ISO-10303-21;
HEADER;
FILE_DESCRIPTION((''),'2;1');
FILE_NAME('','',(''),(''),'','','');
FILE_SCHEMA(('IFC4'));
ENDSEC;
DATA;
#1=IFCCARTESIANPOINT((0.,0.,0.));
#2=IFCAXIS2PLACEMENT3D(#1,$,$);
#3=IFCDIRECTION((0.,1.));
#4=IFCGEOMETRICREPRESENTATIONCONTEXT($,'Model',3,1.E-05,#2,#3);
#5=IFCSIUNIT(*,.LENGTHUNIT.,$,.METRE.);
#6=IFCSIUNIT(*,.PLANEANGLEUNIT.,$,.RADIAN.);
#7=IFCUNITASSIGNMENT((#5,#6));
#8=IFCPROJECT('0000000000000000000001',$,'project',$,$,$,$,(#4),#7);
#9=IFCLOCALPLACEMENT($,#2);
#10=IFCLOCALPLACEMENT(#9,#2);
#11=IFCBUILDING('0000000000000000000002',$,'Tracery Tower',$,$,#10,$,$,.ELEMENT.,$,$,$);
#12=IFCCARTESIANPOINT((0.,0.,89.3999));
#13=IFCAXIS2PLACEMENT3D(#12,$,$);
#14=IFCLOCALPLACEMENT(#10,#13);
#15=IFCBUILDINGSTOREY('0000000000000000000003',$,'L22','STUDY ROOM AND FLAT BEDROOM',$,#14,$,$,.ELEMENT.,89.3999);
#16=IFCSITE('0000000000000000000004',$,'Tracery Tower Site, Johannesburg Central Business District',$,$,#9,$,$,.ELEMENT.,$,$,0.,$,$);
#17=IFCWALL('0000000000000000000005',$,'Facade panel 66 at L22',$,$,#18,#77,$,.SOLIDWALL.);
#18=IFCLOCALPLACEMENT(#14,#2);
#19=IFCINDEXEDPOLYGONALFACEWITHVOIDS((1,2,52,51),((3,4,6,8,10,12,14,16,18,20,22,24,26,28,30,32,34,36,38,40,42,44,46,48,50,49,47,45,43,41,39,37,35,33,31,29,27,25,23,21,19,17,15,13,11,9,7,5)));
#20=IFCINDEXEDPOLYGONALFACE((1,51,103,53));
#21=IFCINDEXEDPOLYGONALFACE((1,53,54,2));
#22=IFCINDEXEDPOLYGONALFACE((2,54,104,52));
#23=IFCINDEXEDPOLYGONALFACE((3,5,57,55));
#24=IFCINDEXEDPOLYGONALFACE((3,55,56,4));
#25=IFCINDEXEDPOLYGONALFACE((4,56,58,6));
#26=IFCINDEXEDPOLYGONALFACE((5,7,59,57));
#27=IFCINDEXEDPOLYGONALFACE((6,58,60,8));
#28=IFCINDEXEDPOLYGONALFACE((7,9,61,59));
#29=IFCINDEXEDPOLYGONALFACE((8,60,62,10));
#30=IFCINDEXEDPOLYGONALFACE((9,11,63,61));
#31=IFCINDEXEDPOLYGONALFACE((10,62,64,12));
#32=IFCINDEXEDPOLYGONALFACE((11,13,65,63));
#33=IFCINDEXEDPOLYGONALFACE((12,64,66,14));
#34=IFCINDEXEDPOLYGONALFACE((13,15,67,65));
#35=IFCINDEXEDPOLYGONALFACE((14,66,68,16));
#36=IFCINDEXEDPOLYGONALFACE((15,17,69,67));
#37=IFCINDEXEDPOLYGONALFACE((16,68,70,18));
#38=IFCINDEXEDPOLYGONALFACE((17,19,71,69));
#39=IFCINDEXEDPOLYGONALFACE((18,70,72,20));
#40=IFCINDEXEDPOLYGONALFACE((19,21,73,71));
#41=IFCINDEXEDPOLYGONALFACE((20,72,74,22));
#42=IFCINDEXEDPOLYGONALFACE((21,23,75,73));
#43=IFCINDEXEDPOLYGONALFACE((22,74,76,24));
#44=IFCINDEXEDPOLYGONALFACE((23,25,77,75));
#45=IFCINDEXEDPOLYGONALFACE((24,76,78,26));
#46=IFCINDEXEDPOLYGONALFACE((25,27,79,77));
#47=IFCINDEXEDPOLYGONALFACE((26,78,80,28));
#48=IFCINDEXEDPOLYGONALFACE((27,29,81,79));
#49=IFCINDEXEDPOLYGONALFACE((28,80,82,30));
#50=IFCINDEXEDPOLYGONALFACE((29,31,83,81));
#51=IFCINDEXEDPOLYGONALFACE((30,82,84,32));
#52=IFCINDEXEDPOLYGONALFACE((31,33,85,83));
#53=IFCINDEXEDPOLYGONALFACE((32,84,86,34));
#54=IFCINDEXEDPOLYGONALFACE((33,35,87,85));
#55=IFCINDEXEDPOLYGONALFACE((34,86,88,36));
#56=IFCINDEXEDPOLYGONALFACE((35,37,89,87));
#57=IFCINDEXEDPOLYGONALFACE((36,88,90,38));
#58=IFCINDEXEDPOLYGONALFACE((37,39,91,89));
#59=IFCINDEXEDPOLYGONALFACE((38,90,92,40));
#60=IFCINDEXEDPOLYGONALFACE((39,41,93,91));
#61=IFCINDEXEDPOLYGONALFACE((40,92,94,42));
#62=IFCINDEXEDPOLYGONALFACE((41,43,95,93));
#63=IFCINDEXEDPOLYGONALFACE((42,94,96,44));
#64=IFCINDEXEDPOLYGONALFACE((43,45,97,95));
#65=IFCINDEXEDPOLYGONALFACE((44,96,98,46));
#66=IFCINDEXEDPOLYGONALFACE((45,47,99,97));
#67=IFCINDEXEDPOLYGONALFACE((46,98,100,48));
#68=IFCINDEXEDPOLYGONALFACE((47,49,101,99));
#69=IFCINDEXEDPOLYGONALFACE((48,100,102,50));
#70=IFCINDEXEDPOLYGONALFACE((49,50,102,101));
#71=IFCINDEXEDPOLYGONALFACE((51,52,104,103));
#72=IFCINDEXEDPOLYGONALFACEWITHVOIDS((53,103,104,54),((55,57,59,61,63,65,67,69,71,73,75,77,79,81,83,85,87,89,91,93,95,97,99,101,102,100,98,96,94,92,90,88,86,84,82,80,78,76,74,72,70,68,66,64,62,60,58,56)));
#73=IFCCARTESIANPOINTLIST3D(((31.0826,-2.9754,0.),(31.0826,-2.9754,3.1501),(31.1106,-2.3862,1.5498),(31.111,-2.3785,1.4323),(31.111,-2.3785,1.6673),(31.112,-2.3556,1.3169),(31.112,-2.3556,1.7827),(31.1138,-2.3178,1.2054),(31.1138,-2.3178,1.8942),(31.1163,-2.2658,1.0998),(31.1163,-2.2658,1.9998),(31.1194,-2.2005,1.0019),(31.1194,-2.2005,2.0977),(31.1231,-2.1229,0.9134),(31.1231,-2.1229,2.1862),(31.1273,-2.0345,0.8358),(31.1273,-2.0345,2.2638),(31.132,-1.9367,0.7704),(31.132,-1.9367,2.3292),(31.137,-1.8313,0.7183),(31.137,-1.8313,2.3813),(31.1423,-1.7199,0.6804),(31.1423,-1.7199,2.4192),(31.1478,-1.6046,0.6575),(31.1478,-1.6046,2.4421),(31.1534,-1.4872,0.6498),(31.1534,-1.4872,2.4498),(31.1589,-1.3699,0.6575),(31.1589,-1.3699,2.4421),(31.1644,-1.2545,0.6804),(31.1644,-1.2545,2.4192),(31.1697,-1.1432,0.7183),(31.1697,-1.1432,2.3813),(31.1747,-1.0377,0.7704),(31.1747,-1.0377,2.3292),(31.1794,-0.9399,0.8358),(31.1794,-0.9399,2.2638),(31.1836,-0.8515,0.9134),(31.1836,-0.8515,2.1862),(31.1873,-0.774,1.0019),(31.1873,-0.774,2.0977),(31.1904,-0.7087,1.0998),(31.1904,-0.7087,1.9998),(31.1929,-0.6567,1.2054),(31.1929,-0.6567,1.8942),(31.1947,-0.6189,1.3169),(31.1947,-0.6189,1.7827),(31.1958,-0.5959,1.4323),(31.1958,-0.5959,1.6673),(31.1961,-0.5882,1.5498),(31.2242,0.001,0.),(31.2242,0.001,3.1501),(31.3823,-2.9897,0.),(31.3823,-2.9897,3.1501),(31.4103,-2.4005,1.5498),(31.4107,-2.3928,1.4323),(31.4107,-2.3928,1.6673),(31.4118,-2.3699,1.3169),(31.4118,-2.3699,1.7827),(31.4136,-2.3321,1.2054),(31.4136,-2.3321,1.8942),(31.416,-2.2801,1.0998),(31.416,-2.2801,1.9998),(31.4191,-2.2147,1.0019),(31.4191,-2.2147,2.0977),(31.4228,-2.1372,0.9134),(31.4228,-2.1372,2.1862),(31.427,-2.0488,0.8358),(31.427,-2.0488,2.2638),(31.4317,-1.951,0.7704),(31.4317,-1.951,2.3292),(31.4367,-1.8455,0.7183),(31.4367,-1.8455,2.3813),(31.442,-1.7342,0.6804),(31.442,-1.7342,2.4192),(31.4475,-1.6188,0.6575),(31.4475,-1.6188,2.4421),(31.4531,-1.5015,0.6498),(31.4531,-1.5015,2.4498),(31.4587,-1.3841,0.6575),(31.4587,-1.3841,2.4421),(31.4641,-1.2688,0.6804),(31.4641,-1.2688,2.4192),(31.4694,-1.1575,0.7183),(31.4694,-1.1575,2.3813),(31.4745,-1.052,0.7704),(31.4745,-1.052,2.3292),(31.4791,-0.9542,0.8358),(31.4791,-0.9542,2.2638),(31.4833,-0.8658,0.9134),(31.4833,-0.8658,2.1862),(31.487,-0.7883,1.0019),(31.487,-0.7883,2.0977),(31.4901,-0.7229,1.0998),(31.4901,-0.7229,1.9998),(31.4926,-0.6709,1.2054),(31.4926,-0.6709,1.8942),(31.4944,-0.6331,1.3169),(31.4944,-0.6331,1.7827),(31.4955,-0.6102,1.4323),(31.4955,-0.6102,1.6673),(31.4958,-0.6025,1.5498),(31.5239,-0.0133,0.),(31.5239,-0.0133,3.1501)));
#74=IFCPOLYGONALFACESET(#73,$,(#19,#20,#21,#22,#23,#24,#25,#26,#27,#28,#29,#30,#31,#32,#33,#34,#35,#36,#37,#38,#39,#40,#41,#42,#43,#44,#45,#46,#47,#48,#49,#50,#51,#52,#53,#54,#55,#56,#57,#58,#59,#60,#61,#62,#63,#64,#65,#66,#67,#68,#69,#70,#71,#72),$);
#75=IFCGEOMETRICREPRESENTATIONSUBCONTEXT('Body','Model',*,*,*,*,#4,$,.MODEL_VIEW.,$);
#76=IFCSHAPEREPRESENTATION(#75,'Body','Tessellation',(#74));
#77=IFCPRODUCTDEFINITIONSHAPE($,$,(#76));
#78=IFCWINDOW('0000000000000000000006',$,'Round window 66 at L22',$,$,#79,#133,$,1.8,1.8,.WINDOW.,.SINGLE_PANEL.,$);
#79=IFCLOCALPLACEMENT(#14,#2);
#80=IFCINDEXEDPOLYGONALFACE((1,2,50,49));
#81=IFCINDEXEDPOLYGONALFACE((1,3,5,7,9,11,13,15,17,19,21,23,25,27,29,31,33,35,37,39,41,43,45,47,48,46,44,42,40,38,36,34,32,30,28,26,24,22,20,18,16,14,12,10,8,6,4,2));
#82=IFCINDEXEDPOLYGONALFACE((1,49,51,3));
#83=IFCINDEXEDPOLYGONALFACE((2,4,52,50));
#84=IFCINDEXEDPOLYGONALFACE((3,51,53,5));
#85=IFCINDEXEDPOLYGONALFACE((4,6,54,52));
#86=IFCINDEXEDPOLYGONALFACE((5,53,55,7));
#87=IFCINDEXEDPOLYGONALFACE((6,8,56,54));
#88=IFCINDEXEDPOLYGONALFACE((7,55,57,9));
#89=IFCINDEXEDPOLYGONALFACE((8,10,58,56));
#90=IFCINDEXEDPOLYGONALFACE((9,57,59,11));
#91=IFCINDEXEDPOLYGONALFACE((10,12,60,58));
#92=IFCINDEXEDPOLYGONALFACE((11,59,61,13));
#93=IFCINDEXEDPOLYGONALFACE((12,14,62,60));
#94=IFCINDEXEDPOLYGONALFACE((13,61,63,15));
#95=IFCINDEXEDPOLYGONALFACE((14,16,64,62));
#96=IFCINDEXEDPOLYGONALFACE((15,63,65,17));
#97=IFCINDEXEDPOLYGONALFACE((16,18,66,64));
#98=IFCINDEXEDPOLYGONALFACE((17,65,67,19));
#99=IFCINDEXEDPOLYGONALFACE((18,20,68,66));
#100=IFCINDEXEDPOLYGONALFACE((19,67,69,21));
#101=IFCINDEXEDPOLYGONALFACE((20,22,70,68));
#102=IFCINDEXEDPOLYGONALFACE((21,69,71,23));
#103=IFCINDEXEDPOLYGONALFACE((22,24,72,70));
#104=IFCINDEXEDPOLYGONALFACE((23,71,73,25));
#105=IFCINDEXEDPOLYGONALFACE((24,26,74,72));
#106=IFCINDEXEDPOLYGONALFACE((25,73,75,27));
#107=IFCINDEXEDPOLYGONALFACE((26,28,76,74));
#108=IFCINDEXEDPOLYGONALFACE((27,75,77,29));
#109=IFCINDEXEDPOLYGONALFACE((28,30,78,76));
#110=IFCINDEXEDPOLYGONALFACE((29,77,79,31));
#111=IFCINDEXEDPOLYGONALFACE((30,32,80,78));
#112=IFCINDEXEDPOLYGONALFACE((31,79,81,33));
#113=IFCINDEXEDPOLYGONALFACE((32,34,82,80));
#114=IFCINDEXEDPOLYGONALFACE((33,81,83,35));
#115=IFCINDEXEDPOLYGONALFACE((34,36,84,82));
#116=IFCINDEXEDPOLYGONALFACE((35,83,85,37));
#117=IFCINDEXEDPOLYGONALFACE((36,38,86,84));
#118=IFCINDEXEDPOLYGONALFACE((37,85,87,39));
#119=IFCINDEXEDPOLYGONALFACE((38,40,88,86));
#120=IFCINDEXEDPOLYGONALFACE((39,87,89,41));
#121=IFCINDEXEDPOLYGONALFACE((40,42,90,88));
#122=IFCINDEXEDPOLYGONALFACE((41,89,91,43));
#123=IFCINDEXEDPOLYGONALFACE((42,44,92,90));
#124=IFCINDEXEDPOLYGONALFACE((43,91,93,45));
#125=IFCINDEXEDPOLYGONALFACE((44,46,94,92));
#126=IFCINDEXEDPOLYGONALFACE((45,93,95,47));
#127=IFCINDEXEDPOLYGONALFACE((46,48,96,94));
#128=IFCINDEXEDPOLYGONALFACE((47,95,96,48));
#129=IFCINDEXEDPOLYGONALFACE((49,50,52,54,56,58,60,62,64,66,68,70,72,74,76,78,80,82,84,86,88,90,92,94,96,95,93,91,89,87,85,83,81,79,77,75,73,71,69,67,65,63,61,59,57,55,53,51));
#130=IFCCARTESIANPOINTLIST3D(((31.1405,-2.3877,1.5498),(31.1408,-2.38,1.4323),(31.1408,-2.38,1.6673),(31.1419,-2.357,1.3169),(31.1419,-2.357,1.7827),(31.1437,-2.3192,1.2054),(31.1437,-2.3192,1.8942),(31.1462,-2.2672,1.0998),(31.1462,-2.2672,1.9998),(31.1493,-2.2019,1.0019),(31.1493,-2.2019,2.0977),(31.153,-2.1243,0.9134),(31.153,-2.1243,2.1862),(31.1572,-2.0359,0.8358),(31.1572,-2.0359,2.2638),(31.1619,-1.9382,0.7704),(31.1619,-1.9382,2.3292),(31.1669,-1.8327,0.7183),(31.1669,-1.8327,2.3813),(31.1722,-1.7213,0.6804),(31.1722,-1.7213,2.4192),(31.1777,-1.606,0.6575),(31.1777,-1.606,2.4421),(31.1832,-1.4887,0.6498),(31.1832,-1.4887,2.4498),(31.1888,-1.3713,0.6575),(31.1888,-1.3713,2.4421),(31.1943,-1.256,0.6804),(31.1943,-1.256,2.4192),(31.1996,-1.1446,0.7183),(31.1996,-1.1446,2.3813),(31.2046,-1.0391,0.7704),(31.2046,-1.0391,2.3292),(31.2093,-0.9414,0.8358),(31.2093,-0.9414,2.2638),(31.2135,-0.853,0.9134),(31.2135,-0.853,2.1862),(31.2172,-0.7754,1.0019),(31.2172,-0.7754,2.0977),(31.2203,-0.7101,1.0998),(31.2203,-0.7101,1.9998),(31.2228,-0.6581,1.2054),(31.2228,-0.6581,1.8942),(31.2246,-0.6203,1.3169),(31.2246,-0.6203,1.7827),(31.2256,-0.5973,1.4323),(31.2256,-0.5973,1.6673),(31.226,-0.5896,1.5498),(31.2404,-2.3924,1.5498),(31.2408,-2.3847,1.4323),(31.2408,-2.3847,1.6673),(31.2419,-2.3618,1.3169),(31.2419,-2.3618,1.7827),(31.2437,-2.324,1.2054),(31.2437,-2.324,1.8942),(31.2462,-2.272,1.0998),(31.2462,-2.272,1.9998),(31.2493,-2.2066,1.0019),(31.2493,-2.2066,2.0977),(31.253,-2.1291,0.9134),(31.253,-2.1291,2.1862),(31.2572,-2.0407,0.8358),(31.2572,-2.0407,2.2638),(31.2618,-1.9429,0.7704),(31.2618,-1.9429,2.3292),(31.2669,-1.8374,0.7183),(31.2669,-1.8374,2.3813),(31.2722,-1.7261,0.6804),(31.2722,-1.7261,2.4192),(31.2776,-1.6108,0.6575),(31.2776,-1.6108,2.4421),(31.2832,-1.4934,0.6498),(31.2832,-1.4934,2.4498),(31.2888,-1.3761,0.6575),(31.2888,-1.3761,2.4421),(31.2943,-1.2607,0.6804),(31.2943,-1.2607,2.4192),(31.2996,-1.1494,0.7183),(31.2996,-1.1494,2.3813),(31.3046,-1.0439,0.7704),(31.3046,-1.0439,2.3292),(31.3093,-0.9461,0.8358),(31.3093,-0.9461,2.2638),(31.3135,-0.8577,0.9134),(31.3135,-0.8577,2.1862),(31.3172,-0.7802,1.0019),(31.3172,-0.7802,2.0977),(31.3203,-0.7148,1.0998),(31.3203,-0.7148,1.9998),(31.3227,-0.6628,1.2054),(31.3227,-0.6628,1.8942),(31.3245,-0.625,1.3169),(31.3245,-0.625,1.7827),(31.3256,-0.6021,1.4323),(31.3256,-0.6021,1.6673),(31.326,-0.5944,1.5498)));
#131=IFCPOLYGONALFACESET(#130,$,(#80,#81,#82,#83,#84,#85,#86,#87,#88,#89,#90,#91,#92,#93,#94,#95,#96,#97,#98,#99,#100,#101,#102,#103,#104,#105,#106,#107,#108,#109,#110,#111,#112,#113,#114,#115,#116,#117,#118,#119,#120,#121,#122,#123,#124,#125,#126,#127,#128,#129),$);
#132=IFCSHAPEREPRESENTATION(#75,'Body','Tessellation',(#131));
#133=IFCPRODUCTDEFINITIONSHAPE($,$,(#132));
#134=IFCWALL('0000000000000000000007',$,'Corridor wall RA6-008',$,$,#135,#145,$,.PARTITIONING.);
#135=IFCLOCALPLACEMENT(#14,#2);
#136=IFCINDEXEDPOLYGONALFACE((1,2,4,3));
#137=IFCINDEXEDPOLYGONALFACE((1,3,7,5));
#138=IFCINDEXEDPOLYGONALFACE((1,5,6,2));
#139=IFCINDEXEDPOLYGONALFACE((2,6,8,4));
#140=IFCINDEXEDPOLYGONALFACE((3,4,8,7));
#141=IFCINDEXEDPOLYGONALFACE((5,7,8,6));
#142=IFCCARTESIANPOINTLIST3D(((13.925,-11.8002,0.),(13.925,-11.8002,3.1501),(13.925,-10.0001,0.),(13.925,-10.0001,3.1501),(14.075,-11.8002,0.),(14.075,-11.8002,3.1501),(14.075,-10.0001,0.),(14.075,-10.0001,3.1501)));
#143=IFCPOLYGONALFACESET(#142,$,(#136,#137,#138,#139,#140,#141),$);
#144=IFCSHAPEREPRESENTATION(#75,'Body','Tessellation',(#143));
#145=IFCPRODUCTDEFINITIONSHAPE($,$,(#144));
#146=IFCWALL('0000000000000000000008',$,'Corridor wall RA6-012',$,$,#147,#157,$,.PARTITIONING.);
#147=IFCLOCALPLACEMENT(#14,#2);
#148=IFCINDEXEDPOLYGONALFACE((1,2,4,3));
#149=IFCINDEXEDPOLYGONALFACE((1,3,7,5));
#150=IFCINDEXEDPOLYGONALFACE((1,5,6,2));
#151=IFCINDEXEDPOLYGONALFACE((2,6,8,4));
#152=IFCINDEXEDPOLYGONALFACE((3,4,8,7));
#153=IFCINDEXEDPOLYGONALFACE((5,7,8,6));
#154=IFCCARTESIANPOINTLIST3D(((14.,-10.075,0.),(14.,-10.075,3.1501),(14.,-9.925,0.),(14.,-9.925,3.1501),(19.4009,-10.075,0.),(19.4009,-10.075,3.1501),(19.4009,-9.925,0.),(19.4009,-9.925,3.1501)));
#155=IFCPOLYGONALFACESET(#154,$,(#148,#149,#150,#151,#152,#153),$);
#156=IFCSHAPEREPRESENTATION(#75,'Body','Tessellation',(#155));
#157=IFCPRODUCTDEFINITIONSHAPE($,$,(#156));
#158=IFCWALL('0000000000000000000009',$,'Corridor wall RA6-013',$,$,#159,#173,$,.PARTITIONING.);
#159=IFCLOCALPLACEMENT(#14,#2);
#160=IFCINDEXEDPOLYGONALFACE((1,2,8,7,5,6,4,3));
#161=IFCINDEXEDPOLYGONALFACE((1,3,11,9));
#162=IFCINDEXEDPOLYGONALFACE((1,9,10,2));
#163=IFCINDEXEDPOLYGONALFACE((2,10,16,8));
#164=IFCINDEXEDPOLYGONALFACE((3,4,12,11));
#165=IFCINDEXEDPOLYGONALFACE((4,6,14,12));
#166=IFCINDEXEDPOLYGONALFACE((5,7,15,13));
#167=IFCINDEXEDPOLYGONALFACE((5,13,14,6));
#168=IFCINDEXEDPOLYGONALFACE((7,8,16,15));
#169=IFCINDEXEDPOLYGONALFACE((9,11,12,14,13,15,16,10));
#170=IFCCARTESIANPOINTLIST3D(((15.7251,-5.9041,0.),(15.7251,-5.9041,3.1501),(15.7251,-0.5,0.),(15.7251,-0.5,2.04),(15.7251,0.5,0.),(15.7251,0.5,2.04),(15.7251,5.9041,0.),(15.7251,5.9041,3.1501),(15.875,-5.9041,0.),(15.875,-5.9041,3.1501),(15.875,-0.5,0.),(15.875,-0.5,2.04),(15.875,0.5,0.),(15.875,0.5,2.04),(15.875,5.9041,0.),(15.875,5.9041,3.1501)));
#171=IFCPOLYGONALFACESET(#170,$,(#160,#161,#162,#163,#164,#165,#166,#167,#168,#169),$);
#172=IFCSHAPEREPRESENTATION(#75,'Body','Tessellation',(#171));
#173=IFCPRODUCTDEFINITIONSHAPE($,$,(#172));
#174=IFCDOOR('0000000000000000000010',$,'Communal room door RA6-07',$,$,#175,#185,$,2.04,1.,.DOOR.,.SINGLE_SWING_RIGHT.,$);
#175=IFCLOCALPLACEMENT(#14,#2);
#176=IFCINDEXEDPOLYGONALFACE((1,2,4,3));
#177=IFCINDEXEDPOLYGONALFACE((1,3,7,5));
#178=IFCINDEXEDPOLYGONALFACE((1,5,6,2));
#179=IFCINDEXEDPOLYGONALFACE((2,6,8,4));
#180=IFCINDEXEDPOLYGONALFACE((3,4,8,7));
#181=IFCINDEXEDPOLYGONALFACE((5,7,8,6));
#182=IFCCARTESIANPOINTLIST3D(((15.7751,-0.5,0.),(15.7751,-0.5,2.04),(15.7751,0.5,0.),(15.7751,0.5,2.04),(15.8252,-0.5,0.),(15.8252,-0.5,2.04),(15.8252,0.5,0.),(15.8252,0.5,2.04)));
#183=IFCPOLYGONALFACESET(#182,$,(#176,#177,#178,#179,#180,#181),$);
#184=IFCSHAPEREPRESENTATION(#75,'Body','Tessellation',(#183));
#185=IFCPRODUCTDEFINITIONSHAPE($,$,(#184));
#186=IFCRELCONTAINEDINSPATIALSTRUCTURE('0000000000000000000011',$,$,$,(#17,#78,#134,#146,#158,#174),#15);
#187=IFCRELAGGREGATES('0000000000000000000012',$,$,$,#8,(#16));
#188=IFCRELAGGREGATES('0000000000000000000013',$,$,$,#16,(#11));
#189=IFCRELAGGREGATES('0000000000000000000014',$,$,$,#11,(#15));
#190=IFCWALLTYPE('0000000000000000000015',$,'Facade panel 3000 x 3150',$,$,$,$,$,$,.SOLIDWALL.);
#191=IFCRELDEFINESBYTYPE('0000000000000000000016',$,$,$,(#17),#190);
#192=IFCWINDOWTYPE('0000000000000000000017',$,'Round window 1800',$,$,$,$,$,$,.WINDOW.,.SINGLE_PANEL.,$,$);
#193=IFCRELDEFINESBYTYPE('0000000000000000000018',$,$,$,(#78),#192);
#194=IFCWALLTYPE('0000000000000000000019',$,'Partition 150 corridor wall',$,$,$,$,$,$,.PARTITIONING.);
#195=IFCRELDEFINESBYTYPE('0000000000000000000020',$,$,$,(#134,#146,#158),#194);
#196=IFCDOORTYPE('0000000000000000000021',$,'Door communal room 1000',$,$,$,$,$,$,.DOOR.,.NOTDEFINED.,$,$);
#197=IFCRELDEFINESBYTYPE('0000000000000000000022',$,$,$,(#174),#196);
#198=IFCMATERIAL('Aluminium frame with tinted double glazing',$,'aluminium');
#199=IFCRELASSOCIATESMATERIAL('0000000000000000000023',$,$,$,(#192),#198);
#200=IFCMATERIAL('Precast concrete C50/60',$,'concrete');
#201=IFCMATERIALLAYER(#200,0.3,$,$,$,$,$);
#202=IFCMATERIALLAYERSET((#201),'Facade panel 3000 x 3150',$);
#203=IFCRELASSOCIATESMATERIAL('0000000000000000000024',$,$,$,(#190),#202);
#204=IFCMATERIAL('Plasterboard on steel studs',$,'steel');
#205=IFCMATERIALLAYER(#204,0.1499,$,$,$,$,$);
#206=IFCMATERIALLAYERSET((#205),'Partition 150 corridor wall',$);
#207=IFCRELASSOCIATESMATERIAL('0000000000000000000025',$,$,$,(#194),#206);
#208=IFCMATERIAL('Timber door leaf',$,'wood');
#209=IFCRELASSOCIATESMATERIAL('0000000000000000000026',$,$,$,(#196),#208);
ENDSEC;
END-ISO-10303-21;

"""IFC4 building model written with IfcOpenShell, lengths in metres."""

from ifc_helpers import new_model, si_unit, direction, frame, frame_2d, origin, origin_2d, place, context, subcontext, project, spatial, rectangle, circle, extrude, material, layer, layer_set, type_object, element, fill, save


model = new_model("IFC4")

# Units and contexts
model_context = context("Model", 3, precision=1e-05, world=origin(), true_north=direction((0.0, 1.0)))
body_context = subcontext(model_context, "Body", "Model", "MODEL_VIEW")
ifc_project = project(units=[si_unit("LENGTHUNIT", "METRE"), si_unit("PLANEANGLEUNIT", "RADIAN")], contexts=[model_context])

# Site, building, storey
site_placement = place(None, origin())
site = spatial("IfcSite", under=ifc_project, at=site_placement, Name="Tracery Tower Site, Johannesburg Central Business District", CompositionType="ELEMENT", RefElevation=0.0)
building_placement = place(site_placement, origin())
building = spatial("IfcBuilding", under=site, at=building_placement, Name="Tracery Tower", CompositionType="ELEMENT")
storey_placement = place(building_placement, frame((0.0, 0.0, 89.3999)))
storey = spatial("IfcBuildingStorey", under=building, at=storey_placement, Name="L22", Description="STUDY ROOM AND FLAT BEDROOM", CompositionType="ELEMENT", Elevation=89.3999)

# Wall, opening, window
ifc_material_1 = material(Name="Aluminium frame with tinted double glazing", Category="aluminium")
window_type = type_object("IfcWindowType", Name="Round window 1800", PartitioningType="SINGLE_PANEL", PredefinedType="WINDOW", material=ifc_material_1)
ifc_material_2 = material(Name="Precast concrete C50/60", Category="concrete")
ifc_layer_1 = layer(ifc_material_2, 0.3)
ifc_layer_set_1 = layer_set([ifc_layer_1], Name="Facade panel 3000 x 3150")
wall_type_1 = type_object("IfcWallType", Name="Facade panel 3000 x 3150", PredefinedType="SOLIDWALL", material=ifc_layer_set_1)
wall_1_placement = place(storey_placement, frame((31.2324, -2.9824, 0.0), z_axis=(0.0, 0.0, 1.0), x_axis=(0.047522, 0.99887, 0.0)))
wall_1 = element("IfcWall", 1, at=wall_1_placement, inside=storey, type_object=wall_type_1, Name="Facade panel 66 at L22", PredefinedType="SOLIDWALL", context=body_context, shape_type="SweptSolid", body=[
    extrude(rectangle(XDim=2.9797, YDim=0.3, at=frame_2d((1.4897, 0.0))), origin(), (0.0, 0.0, 1.0), 3.1501),
])
opening_1_placement = place(wall_1_placement, frame((1.4897, 0.0, 1.5498)))
opening_1 = element("IfcOpeningElement", 2, at=opening_1_placement, cuts=wall_1, PredefinedType="OPENING", context=body_context, shape_type="SweptSolid", body=[
    extrude(circle(Radius=0.9, at=origin_2d()), frame((0.0, 0.1599, 0.0), z_axis=(0.0, -1.0, 0.0), x_axis=(1.0, 0.0, 0.0)), (0.0, 0.0, 1.0), 0.3201),
])
window_1_placement = place(opening_1_placement, origin())
window_1 = element("IfcWindow", 3, at=window_1_placement, inside=storey, type_object=window_type, Name="Round window 66 at L22", OverallHeight=1.8, OverallWidth=1.8, PartitioningType="SINGLE_PANEL", PredefinedType="WINDOW", context=body_context, shape_type="SweptSolid", body=[
    extrude(circle(Radius=0.9, at=origin_2d()), frame((0.0, 0.1201, 0.0), z_axis=(0.0, -1.0, 0.0), x_axis=(1.0, 0.0, 0.0)), (0.0, 0.0, 1.0), 0.1001),
])
fill(opening_1, window_1)

# Walls
ifc_material_3 = material(Name="Plasterboard on steel studs", Category="steel")
ifc_layer_2 = layer(ifc_material_3, 0.1499)
ifc_layer_set_2 = layer_set([ifc_layer_2], Name="Partition 150 corridor wall")
wall_type_2 = type_object("IfcWallType", Name="Partition 150 corridor wall", PredefinedType="PARTITIONING", material=ifc_layer_set_2)
wall_2_placement = place(storey_placement, frame((14.0, -11.8, 0.0), z_axis=(0.0, 0.0, 1.0), x_axis=(0.0, 1.0, 0.0)))
element("IfcWall", 4, at=wall_2_placement, inside=storey, type_object=wall_type_2, Name="Corridor wall RA6-008", PredefinedType="PARTITIONING", context=body_context, shape_type="SweptSolid", body=[
    extrude(rectangle(XDim=1.8, YDim=0.1499, at=frame_2d((0.8999, 0.0))), origin(), (0.0, 0.0, 1.0), 3.1501),
])
wall_3_placement = place(storey_placement, frame((14.0, -10.0, 0.0), z_axis=(0.0, 0.0, 1.0), x_axis=(1.0, 0.0, 0.0)))
element("IfcWall", 5, at=wall_3_placement, inside=storey, type_object=wall_type_2, Name="Corridor wall RA6-012", PredefinedType="PARTITIONING", context=body_context, shape_type="SweptSolid", body=[
    extrude(rectangle(XDim=5.4009, YDim=0.1499, at=frame_2d((2.7004, 0.0))), origin(), (0.0, 0.0, 1.0), 3.1501),
])

# Wall, opening, door
wall_4_placement = place(storey_placement, frame((15.8, -5.9041, 0.0), z_axis=(0.0, 0.0, 1.0), x_axis=(0.0, 1.0, 0.0)))
wall_4 = element("IfcWall", 6, at=wall_4_placement, inside=storey, type_object=wall_type_2, Name="Corridor wall RA6-013", PredefinedType="PARTITIONING", context=body_context, shape_type="SweptSolid", body=[
    extrude(rectangle(XDim=11.8081, YDim=0.1499, at=frame_2d((5.9041, 0.0))), origin(), (0.0, 0.0, 1.0), 3.1501),
])
opening_2_placement = place(wall_4_placement, frame((5.4041, 0.0, 0.0)))
opening_2 = element("IfcOpeningElement", 7, at=opening_2_placement, cuts=wall_4, PredefinedType="OPENING", context=body_context, shape_type="SweptSolid", body=[
    extrude(rectangle(XDim=1.0, YDim=2.04, at=frame_2d((0.5, 1.02))), frame((0.0, 0.075, 0.0), z_axis=(0.0, -1.0, 0.0), x_axis=(1.0, 0.0, 0.0)), (0.0, 0.0, 1.0), 0.1499),
])
ifc_material_4 = material(Name="Timber door leaf", Category="wood")
door_type_1 = type_object("IfcDoorType", Name="Door communal room 1000", OperationType="NOTDEFINED", PredefinedType="DOOR", material=ifc_material_4)
door_1_placement = place(opening_2_placement, origin())
door_1 = element("IfcDoor", 8, at=door_1_placement, inside=storey, type_object=door_type_1, Name="Communal room door RA6-07", OperationType="SINGLE_SWING_RIGHT", OverallHeight=2.04, OverallWidth=1.0, PredefinedType="DOOR", context=body_context, shape_type="SweptSolid", body=[
    extrude(rectangle(XDim=1.0, YDim=2.04, at=frame_2d((0.5, 1.02))), frame((0.0, 0.0249, 0.0), z_axis=(0.0, -1.0, 0.0), x_axis=(1.0, 0.0, 0.0)), (0.0, 0.0, 1.0), 0.05),
])
fill(opening_2, door_1)

save(model, "model.ifc")
